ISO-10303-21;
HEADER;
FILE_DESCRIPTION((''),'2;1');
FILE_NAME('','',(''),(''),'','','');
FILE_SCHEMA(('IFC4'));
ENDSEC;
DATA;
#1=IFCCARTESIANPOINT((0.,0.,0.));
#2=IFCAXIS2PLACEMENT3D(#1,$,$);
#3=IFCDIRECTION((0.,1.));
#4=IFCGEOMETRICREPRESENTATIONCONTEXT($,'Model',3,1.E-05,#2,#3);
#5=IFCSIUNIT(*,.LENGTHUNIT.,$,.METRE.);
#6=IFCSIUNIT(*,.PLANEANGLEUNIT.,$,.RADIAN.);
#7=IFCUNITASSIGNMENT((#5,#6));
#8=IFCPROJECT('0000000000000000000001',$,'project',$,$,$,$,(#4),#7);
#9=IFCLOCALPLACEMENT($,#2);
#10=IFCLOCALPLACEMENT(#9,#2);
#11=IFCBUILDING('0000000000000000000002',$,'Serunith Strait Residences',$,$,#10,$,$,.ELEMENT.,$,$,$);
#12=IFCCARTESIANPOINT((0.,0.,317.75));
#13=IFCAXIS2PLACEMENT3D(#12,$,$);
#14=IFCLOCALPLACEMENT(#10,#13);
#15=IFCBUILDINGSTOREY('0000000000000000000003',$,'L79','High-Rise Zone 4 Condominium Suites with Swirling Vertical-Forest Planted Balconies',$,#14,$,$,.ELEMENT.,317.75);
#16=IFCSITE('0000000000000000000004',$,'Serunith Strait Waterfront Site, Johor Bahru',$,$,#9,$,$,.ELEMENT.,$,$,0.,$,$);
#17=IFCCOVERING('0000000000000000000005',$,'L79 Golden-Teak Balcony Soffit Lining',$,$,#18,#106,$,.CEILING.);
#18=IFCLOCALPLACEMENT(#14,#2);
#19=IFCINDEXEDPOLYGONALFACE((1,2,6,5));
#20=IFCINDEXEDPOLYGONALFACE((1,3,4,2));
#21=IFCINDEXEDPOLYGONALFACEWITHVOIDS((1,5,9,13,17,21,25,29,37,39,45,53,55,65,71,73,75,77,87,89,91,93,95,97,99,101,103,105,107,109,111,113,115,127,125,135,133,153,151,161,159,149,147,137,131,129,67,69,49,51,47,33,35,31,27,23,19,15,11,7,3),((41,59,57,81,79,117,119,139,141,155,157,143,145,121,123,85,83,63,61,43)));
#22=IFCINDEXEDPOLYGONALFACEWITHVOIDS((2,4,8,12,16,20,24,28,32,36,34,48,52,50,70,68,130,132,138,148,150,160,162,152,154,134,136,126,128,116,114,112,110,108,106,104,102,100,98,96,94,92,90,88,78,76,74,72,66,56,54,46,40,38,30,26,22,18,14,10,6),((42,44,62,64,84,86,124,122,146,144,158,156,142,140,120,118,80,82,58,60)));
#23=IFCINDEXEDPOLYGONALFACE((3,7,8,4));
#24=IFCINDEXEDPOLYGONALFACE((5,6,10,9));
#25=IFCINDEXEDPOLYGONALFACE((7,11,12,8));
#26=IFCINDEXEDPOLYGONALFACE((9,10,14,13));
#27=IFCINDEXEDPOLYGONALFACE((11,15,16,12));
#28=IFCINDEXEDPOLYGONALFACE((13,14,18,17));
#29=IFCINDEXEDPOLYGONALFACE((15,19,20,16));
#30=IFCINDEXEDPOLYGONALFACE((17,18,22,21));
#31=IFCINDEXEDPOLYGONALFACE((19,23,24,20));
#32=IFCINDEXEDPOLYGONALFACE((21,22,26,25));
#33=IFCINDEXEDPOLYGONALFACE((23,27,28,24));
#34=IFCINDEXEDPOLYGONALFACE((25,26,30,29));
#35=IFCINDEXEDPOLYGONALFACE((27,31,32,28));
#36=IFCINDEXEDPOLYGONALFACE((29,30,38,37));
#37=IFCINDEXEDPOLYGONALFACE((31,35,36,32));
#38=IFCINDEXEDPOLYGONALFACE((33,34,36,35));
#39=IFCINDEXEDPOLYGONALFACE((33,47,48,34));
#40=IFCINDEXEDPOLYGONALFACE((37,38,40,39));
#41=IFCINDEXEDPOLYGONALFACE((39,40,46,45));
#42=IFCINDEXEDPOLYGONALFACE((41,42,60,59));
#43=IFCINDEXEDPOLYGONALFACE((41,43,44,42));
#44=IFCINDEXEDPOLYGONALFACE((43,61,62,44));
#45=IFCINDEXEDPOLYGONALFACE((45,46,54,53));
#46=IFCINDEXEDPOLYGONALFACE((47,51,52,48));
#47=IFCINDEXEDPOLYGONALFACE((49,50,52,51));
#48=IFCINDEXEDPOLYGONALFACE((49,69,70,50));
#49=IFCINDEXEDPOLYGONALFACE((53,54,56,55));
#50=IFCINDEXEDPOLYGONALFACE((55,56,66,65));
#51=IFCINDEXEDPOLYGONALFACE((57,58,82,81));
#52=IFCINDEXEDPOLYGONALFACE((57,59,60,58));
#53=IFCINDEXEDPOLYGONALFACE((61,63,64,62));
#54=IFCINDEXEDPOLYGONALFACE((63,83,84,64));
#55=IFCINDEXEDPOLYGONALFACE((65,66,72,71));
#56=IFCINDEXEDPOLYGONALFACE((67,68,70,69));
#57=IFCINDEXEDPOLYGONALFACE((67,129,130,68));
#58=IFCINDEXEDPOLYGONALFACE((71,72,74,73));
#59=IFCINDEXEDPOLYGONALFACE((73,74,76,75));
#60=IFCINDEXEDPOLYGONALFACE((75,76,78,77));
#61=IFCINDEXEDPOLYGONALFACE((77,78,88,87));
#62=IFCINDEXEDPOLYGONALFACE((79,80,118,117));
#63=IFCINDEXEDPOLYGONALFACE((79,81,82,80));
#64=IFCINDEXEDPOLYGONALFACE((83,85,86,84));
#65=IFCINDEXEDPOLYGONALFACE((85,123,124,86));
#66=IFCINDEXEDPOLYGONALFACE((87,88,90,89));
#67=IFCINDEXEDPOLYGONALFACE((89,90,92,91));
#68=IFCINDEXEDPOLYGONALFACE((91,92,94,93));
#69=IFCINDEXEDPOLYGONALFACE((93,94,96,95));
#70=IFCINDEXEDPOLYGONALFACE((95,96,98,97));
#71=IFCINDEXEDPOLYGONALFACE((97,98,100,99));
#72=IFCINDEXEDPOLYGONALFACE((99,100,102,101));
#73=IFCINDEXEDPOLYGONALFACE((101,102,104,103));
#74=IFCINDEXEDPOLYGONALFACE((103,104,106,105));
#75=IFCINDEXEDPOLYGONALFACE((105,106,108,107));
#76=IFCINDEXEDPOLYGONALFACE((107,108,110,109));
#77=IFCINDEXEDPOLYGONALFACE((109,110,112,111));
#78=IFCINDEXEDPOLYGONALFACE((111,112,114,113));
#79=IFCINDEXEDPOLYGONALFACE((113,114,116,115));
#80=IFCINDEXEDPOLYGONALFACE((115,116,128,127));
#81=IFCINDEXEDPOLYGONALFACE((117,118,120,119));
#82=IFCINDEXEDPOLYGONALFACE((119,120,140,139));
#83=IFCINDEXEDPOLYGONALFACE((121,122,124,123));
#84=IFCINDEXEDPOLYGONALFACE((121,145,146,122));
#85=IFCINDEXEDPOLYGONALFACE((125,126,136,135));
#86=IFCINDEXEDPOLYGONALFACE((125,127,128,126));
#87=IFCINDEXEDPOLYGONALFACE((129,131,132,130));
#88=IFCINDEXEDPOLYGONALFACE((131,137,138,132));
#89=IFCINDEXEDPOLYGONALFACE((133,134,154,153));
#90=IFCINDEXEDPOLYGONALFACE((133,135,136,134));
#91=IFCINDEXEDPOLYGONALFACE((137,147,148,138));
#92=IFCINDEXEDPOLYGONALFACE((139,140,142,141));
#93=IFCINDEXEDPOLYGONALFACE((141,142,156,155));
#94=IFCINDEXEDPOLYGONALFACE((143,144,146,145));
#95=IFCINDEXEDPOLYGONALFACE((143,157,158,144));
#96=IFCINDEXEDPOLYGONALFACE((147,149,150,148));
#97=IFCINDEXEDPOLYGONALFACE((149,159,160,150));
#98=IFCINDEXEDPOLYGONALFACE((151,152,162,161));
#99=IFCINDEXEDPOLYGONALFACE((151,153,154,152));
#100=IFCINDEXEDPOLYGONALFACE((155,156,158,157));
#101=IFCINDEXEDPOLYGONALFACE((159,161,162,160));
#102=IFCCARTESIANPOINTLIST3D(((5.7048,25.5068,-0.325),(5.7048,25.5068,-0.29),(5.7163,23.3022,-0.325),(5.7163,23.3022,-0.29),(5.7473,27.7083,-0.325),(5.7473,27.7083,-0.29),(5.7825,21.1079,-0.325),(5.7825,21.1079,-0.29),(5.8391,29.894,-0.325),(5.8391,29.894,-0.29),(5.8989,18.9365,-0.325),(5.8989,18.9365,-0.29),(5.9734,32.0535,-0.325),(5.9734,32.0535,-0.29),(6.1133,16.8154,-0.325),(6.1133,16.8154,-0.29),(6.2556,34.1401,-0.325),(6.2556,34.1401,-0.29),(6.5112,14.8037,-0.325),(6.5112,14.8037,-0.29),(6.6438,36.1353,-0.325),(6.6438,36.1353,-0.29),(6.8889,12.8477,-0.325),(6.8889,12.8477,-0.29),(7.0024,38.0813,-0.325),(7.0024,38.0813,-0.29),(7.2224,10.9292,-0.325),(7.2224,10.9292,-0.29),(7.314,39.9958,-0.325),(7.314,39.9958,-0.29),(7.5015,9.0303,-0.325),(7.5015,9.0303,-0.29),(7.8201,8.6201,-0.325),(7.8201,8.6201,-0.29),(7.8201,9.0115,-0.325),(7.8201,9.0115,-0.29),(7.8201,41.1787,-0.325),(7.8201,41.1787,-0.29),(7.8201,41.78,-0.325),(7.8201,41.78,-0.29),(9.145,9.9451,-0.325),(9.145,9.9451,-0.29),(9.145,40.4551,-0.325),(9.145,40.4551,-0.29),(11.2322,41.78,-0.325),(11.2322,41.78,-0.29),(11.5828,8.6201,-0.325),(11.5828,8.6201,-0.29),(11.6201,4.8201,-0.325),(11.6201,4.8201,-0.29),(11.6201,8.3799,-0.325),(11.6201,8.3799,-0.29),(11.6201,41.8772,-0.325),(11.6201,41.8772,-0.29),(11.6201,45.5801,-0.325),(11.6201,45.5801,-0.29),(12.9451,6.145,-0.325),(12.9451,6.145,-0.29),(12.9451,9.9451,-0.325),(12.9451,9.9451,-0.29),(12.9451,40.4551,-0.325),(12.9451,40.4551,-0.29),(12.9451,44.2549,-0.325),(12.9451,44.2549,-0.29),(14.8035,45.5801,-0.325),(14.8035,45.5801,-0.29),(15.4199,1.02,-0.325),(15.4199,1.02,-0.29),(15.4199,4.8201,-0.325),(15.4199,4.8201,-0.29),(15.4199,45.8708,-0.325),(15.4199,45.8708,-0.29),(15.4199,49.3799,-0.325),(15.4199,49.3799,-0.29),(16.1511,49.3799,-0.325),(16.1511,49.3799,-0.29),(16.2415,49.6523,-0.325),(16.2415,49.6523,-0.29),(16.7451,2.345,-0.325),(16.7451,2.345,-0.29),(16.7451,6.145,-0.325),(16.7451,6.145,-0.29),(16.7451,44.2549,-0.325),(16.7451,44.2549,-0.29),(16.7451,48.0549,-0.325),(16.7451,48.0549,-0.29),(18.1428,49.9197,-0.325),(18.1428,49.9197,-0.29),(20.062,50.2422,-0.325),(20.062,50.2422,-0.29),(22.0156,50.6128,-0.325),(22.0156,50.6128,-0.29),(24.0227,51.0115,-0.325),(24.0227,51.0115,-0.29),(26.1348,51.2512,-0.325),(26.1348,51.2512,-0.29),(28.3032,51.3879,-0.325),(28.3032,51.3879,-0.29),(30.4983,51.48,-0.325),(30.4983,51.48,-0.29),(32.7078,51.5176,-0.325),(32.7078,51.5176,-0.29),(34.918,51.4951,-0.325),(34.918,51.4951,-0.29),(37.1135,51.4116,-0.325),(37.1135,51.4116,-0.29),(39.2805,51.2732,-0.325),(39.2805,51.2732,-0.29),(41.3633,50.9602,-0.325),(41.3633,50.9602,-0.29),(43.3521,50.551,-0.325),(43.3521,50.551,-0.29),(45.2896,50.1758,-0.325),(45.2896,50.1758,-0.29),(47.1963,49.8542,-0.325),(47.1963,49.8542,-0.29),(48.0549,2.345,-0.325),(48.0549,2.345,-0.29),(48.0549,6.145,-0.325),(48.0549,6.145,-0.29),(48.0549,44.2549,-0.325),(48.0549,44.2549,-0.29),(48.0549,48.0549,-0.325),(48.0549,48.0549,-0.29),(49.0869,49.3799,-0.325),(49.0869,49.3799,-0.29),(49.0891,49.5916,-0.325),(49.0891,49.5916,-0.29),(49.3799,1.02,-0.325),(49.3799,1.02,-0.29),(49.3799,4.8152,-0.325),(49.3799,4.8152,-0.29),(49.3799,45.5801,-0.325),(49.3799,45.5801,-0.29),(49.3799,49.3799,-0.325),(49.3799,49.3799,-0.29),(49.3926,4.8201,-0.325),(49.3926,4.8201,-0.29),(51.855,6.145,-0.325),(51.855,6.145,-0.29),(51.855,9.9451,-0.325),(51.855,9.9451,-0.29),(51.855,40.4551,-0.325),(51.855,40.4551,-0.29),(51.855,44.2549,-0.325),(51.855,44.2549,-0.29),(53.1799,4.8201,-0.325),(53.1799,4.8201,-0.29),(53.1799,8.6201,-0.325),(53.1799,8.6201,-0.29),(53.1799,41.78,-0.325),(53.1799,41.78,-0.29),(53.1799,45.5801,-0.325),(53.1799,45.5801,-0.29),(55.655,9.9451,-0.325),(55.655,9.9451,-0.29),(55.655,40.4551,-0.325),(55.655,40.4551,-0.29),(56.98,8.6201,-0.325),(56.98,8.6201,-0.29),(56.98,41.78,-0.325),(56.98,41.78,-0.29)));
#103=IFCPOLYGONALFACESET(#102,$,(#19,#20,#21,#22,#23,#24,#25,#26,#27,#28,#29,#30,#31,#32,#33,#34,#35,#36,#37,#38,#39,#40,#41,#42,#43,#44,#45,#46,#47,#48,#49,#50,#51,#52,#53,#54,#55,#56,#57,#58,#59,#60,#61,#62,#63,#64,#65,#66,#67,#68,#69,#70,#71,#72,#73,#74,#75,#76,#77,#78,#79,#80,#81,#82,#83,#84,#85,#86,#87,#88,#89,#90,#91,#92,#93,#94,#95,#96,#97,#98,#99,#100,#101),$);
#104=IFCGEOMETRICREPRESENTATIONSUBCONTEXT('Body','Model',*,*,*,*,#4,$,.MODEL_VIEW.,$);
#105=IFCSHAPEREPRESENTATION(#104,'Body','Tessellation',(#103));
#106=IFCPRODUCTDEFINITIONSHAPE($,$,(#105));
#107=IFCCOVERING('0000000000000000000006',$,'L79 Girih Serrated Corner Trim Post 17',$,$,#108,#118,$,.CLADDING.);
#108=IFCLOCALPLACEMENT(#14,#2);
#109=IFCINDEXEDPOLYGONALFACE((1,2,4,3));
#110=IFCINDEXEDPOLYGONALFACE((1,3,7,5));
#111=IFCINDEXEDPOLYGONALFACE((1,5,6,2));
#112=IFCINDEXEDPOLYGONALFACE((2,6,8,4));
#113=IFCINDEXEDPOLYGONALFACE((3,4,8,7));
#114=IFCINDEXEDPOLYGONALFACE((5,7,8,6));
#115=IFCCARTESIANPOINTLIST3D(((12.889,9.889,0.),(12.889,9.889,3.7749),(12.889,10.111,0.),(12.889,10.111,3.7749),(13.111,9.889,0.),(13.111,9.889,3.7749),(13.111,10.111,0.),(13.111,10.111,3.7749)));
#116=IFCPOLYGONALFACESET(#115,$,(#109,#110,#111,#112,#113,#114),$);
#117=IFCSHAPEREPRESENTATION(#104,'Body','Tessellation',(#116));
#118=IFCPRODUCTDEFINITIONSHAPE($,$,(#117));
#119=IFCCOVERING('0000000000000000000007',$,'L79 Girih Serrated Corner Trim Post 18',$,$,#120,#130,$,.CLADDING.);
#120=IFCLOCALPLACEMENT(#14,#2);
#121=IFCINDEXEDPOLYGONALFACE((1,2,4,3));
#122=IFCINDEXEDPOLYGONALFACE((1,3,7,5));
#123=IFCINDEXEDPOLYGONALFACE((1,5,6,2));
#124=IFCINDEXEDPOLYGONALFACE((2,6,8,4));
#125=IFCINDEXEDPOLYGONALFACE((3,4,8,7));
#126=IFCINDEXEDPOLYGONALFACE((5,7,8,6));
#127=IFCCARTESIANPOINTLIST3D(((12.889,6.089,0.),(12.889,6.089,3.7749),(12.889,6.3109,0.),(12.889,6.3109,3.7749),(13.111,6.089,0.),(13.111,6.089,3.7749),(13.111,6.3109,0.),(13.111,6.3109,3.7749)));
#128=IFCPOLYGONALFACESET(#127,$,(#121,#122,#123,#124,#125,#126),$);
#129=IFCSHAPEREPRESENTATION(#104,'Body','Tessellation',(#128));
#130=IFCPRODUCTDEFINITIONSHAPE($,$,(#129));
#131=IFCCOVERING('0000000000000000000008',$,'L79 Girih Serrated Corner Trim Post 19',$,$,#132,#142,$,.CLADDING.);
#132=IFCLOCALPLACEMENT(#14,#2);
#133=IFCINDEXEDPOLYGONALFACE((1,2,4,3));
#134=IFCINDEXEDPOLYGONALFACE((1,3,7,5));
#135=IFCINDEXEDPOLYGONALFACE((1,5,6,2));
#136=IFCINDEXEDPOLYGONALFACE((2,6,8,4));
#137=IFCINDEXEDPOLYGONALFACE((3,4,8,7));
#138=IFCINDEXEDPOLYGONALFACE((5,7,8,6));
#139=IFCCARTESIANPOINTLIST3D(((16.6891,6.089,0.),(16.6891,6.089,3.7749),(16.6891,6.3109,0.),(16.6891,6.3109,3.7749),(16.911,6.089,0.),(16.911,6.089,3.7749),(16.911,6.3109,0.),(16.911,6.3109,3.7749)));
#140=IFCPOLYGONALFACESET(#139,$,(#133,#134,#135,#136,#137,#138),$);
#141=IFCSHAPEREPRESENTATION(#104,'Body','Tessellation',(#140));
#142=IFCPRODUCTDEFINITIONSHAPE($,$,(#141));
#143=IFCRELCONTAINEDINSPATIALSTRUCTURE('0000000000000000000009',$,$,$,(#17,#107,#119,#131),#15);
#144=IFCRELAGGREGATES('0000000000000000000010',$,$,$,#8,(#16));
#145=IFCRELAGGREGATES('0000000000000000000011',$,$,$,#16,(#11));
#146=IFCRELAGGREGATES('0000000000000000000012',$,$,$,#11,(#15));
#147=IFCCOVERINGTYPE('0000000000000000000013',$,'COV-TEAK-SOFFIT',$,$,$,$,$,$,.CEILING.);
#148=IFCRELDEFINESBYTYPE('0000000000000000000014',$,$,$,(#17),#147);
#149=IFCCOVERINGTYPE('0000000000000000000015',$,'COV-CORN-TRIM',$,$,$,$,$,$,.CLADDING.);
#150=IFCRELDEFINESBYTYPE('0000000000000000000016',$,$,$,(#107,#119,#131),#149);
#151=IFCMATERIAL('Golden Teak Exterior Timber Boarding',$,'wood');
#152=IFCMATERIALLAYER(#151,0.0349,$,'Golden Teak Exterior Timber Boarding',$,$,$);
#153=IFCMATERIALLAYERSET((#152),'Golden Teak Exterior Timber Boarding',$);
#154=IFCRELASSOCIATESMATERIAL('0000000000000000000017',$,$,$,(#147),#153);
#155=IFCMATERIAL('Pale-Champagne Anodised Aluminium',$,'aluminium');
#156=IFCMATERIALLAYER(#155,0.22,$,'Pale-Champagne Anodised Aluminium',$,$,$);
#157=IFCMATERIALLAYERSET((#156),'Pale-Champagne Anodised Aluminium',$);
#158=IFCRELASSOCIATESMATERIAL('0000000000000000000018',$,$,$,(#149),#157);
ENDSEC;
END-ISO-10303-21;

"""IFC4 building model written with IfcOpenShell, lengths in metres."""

from ifc_helpers import new_model, si_unit, direction, frame, origin, origin_2d, place, context, subcontext, project, spatial, polyline, rectangle, outline, extrude, source, transform, mapped, material, layer, layer_set, type_object, element, save


model = new_model("IFC4")

# Units and contexts
model_context = context("Model", 3, precision=1e-05, world=origin(), true_north=direction((0.0, 1.0)))
body_context = subcontext(model_context, "Body", "Model", "MODEL_VIEW")
ifc_project = project(units=[si_unit("LENGTHUNIT", "METRE"), si_unit("PLANEANGLEUNIT", "RADIAN")], contexts=[model_context])

# Site, building, storey
site_placement = place(None, origin())
site = spatial("IfcSite", under=ifc_project, at=site_placement, Name="Serunith Strait Waterfront Site, Johor Bahru", CompositionType="ELEMENT", RefElevation=0.0)
building_placement = place(site_placement, origin())
building = spatial("IfcBuilding", under=site, at=building_placement, Name="Serunith Strait Residences", CompositionType="ELEMENT")
storey_placement = place(building_placement, frame((0.0, 0.0, 317.75)))
storey = spatial("IfcBuildingStorey", under=building, at=storey_placement, Name="L79", Description="High-Rise Zone 4 Condominium Suites with Swirling Vertical-Forest Planted Balconies", CompositionType="ELEMENT", Elevation=317.75)

# Covering
ifc_material_1 = material(Name="Golden Teak Exterior Timber Boarding", Category="wood")
ifc_layer_1 = layer(ifc_material_1, 0.0349, Name="Golden Teak Exterior Timber Boarding")
ifc_layer_set_1 = layer_set([ifc_layer_1], Name="Golden Teak Exterior Timber Boarding")
covering_type_1 = type_object("IfcCoveringType", Name="COV-TEAK-SOFFIT", PredefinedType="CEILING", material=ifc_layer_set_1)
covering_placement = place(storey_placement, frame((0.0, 0.0, -0.325)))
element("IfcCovering", 1, at=covering_placement, inside=storey, type_object=covering_type_1, Name="L79 Golden-Teak Balcony Soffit Lining", PredefinedType="CEILING", context=body_context, shape_type="SweptSolid", body=[
    extrude(outline(polyline([(7.8201, 8.6201), (7.8201, 9.0115), (7.5015, 9.0303), (7.2224, 10.9292), (6.8889, 12.8477), (6.5112, 14.8037), (6.1133, 16.8154), (5.8989, 18.9365), (5.7825, 21.1079), (5.7163, 23.3022), (5.7048, 25.5068), (5.7473, 27.7083), (5.8391, 29.894), (5.9734, 32.0535), (6.2556, 34.1401), (6.6438, 36.1353), (7.0024, 38.0813), (7.314, 39.9958), (7.8201, 41.1787), (7.8201, 41.78), (11.2322, 41.78), (11.6201, 41.8772), (11.6201, 45.5801), (14.8035, 45.5801), (15.4199, 45.8708), (15.4199, 49.3799), (16.1511, 49.3799), (16.2415, 49.6523), (18.1428, 49.9197), (20.062, 50.2422), (22.0156, 50.6128), (24.0227, 51.0115), (26.1348, 51.2512), (28.3032, 51.3879), (30.4983, 51.48), (32.7078, 51.5176), (34.918, 51.4951), (37.1135, 51.4116), (39.2805, 51.2732), (41.3633, 50.9602), (43.3521, 50.551), (45.2896, 50.1758), (47.1963, 49.8542), (49.0891, 49.5916), (49.0869, 49.3799), (49.3799, 49.3799), (49.3799, 45.5801), (53.1799, 45.5801), (53.1799, 41.78), (56.98, 41.78), (56.98, 8.6201), (53.1799, 8.6201), (53.1799, 4.8201), (49.3926, 4.8201), (49.3799, 4.8152), (49.3799, 1.02), (15.4199, 1.02), (15.4199, 4.8201), (11.6201, 4.8201), (11.6201, 8.3799), (11.5828, 8.6201), (7.8201, 8.6201)]), holes=[polyline([(48.0549, 2.345), (48.0549, 6.145), (51.855, 6.145), (51.855, 9.9451), (55.655, 9.9451), (55.655, 40.4551), (51.855, 40.4551), (51.855, 44.2549), (48.0549, 44.2549), (48.0549, 48.0549), (16.7451, 48.0549), (16.7451, 44.2549), (12.9451, 44.2549), (12.9451, 40.4551), (9.145, 40.4551), (9.145, 9.9451), (12.9451, 9.9451), (12.9451, 6.145), (16.7451, 6.145), (16.7451, 2.345), (48.0549, 2.345)])]), origin(), (0.0, 0.0, 1.0), 0.0349),
])

# Coverings
ifc_material_2 = material(Name="Pale-Champagne Anodised Aluminium", Category="aluminium")
ifc_layer_2 = layer(ifc_material_2, 0.22, Name="Pale-Champagne Anodised Aluminium")
ifc_layer_set_2 = layer_set([ifc_layer_2], Name="Pale-Champagne Anodised Aluminium")
covering_type_2 = type_object("IfcCoveringType", Name="COV-CORN-TRIM", PredefinedType="CLADDING", material=ifc_layer_set_2)
shared_shape_1 = source(origin(), body_context, "Body", "SweptSolid", [
    extrude(rectangle(XDim=0.2219, YDim=0.2219, at=origin_2d()), origin(), (0.0, 0.0, 1.0), 3.7749),
])
for number, where, z_axis, x_axis, name in (
    (2, (13.0, 10.0, 0.0), (0.0, 0.0, 1.0), (1.0, 0.0, 0.0), "L79 Girih Serrated Corner Trim Post 17"),
    (3, (13.0, 6.2, 0.0), (0.0, 0.0, 1.0), (1.0, 0.0, 0.0), "L79 Girih Serrated Corner Trim Post 18"),
    (4, (16.8, 6.2, 0.0), (0.0, 0.0, 1.0), (1.0, 0.0, 0.0), "L79 Girih Serrated Corner Trim Post 19"),
):
    element("IfcCovering", number, at=place(storey_placement, frame(where, z_axis=z_axis, x_axis=x_axis)), inside=storey, type_object=covering_type_2, Name=name, PredefinedType="CLADDING", context=body_context, shape_type="MappedRepresentation", body=[
        mapped(shared_shape_1, transform((0.0, 0.0, 0.0), scale=1.0)),
    ])

save(model, "model.ifc")
